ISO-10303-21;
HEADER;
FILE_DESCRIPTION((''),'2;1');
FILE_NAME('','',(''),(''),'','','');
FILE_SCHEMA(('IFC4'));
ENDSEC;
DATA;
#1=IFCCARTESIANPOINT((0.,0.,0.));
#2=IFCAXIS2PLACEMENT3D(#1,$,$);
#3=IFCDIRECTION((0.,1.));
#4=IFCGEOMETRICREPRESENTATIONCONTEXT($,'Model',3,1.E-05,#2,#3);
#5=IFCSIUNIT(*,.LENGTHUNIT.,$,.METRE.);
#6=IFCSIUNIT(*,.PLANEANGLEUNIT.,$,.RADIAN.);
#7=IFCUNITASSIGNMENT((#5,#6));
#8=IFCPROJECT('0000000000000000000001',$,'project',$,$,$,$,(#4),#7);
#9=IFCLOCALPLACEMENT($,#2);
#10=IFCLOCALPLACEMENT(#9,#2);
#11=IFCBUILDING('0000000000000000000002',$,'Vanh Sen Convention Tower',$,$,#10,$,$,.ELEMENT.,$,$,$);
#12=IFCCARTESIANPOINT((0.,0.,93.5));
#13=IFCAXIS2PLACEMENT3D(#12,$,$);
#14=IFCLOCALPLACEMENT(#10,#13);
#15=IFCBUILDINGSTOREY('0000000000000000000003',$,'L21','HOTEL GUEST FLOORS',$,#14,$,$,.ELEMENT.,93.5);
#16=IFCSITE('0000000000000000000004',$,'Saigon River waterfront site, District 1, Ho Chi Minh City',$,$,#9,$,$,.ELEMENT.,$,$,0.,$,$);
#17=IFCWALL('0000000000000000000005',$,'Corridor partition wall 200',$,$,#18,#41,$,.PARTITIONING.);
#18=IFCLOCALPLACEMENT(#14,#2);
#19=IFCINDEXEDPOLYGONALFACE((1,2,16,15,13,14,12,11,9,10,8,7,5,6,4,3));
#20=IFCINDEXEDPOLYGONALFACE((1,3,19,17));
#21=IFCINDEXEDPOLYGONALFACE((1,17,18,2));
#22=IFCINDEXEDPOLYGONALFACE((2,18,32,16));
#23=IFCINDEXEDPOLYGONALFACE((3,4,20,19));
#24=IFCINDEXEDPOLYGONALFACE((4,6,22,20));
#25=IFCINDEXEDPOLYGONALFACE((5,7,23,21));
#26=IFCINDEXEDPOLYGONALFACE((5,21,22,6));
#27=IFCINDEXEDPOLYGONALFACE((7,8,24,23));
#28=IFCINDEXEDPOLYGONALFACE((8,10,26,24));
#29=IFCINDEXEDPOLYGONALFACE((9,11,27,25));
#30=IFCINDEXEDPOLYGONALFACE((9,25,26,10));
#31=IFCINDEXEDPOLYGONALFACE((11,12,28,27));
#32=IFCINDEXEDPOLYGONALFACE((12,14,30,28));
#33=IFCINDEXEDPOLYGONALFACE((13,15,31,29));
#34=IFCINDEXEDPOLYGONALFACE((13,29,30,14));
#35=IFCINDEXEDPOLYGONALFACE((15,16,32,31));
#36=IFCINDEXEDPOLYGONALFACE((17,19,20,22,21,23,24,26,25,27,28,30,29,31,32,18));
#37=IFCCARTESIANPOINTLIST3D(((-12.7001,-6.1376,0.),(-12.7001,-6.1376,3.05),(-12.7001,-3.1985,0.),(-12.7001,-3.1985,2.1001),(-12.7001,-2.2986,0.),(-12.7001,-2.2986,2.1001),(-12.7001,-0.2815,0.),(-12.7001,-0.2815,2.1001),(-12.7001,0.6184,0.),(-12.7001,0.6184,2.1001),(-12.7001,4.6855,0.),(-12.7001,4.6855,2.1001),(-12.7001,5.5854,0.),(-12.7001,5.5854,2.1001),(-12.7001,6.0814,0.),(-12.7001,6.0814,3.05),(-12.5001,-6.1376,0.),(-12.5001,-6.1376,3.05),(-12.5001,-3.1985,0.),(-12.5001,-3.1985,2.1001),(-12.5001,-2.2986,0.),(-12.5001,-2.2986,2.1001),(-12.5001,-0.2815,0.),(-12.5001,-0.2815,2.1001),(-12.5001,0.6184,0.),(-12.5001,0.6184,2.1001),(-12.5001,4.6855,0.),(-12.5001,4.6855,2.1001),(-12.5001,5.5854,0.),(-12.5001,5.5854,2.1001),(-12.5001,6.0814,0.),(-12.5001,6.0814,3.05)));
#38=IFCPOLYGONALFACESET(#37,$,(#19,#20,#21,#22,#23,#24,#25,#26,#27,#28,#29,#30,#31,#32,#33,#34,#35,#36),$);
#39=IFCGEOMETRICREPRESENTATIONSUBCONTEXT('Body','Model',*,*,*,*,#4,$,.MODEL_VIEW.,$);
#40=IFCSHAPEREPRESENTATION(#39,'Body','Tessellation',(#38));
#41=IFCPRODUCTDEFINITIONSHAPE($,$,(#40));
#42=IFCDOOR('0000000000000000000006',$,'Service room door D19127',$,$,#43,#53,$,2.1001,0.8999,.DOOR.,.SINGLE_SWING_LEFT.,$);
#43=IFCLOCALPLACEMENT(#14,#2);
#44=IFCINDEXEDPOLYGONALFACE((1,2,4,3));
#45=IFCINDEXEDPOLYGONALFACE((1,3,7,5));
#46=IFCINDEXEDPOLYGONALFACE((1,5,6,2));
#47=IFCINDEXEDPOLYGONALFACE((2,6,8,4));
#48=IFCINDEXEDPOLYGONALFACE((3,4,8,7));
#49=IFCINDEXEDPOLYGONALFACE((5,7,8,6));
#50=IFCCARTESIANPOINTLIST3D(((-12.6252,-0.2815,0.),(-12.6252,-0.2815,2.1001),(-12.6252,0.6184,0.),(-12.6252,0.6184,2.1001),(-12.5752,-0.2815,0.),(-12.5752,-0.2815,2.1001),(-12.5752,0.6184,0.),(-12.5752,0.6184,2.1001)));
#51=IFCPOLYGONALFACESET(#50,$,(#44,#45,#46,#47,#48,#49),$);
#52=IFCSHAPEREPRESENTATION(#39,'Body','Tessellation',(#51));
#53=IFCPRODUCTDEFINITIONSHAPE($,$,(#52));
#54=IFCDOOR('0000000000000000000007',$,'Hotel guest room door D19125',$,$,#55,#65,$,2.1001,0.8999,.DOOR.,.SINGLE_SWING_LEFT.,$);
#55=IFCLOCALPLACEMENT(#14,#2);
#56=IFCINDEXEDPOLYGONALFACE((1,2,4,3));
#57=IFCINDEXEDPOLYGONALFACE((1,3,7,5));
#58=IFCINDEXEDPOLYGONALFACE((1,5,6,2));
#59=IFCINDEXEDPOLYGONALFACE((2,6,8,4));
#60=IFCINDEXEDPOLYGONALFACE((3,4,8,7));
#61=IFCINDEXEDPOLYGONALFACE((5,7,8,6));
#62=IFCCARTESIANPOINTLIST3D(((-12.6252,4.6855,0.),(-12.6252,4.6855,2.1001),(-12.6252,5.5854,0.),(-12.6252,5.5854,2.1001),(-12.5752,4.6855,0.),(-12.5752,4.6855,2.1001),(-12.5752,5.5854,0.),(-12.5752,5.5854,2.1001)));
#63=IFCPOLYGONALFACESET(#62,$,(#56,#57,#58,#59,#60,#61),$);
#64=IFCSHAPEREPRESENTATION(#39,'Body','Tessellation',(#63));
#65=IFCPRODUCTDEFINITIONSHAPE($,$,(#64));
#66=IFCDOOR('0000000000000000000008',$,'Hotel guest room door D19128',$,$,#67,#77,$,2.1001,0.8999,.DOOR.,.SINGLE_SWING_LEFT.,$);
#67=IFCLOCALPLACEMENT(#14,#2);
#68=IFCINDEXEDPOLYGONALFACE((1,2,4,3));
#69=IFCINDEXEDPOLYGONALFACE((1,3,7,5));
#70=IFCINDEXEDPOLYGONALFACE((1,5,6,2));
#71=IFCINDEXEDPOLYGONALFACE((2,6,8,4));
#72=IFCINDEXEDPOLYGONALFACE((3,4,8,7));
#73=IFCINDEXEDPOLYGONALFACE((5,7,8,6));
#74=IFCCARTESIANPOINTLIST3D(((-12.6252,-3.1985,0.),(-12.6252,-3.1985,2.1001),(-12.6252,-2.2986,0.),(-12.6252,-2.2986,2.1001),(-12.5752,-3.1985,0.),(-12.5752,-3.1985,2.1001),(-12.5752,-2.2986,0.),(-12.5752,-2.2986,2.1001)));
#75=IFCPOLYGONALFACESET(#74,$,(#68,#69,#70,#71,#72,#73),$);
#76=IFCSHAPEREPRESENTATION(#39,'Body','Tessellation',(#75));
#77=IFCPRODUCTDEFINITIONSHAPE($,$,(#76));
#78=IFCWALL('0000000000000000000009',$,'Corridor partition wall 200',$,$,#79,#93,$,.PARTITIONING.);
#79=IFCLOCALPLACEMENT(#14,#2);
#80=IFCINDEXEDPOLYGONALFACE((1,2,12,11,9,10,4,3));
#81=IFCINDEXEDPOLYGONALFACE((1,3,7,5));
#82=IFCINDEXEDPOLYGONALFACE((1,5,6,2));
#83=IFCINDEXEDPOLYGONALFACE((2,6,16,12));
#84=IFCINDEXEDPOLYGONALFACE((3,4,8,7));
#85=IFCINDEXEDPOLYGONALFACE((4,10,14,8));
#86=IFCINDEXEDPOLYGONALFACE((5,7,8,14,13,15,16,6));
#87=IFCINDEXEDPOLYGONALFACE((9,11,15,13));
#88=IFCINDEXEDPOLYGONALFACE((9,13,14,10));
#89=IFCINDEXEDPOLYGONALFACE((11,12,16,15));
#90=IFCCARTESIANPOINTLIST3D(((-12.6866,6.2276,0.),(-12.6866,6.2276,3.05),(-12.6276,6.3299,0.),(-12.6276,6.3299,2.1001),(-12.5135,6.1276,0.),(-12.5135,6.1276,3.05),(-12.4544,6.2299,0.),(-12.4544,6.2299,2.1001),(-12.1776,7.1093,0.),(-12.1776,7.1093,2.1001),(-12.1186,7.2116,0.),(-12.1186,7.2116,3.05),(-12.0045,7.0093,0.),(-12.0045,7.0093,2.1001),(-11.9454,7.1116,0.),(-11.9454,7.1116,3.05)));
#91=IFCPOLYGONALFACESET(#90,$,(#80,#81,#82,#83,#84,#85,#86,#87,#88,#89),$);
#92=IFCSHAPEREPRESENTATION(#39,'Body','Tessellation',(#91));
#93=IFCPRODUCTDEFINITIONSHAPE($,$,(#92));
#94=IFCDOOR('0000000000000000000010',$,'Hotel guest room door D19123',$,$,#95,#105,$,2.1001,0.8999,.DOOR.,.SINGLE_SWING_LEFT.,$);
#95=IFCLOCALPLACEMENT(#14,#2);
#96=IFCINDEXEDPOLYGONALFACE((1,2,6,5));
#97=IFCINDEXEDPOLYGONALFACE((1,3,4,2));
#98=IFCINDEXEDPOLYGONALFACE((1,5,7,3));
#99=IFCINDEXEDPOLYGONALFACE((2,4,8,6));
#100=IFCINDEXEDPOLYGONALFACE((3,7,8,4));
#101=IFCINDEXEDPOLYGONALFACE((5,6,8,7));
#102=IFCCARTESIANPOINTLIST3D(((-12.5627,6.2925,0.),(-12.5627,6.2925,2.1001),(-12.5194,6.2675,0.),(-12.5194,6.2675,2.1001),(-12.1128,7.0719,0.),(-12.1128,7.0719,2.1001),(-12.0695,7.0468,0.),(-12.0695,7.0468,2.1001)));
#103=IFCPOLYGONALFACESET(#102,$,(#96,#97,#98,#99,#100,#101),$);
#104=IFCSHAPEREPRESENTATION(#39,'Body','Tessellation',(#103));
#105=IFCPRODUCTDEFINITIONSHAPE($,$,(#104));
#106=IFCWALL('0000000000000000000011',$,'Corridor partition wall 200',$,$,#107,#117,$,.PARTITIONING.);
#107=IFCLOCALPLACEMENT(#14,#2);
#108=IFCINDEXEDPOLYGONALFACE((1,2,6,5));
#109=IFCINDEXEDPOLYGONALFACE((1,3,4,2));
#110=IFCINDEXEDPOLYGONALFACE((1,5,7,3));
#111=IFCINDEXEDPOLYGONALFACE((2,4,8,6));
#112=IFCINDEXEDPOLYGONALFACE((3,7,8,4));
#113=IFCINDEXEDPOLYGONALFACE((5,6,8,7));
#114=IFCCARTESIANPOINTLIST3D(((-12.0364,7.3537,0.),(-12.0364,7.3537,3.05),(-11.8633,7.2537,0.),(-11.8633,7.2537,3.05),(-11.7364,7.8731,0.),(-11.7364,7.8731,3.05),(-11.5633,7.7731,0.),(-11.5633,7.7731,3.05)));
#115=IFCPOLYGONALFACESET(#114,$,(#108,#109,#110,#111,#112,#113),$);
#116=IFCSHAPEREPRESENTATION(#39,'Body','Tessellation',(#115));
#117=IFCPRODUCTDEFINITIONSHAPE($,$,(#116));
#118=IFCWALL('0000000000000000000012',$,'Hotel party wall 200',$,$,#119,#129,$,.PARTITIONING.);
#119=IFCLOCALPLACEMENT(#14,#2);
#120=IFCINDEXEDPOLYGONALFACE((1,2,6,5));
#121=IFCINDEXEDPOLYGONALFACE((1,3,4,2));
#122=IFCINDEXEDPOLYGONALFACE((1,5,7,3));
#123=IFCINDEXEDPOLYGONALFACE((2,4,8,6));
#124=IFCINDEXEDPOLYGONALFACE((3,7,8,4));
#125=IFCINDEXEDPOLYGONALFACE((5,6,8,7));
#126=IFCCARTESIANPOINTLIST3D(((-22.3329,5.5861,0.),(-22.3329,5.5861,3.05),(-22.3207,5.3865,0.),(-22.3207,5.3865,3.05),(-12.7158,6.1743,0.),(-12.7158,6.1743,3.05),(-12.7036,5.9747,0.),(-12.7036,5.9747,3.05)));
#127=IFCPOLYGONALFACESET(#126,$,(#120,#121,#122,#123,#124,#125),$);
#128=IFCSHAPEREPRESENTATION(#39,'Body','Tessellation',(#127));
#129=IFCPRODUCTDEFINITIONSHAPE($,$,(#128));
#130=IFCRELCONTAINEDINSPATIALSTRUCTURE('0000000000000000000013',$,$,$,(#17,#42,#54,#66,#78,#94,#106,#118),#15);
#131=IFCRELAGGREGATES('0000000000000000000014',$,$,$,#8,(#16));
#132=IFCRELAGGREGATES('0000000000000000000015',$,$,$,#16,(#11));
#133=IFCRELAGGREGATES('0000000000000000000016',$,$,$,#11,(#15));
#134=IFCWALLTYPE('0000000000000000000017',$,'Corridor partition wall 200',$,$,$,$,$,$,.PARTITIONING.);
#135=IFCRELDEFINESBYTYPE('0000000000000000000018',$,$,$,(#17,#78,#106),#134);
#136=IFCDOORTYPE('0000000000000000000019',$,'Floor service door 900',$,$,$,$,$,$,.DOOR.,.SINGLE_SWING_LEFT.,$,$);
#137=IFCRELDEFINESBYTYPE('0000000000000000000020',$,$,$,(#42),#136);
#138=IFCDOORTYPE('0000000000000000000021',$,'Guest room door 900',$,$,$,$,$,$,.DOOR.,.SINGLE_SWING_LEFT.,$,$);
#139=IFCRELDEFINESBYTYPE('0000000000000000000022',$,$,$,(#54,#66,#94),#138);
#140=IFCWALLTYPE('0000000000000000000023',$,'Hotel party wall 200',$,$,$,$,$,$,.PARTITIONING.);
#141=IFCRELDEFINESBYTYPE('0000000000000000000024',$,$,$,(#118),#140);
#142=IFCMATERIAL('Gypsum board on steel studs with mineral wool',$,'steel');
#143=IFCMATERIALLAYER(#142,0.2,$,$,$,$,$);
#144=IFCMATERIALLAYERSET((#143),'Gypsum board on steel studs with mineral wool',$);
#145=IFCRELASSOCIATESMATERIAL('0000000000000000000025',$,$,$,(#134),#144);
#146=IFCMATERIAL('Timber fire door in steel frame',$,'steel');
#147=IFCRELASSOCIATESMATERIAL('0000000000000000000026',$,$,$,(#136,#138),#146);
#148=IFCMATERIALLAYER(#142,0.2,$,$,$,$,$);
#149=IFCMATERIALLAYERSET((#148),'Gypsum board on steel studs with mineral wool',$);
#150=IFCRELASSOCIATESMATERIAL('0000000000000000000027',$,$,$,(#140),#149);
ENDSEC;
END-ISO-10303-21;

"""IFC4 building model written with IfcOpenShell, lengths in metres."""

from ifc_helpers import new_model, si_unit, direction, frame, frame_2d, origin, place, context, subcontext, project, spatial, rectangle, extrude, material, layer, layer_set, type_object, element, fill, save


model = new_model("IFC4")

# Units and contexts
model_context = context("Model", 3, precision=1e-05, world=origin(), true_north=direction((0.0, 1.0)))
body_context = subcontext(model_context, "Body", "Model", "MODEL_VIEW")
ifc_project = project(units=[si_unit("LENGTHUNIT", "METRE"), si_unit("PLANEANGLEUNIT", "RADIAN")], contexts=[model_context])

# Site, building, storey
site_placement = place(None, origin())
site = spatial("IfcSite", under=ifc_project, at=site_placement, Name="Saigon River waterfront site, District 1, Ho Chi Minh City", CompositionType="ELEMENT", RefElevation=0.0)
building_placement = place(site_placement, origin())
building = spatial("IfcBuilding", under=site, at=building_placement, Name="Vanh Sen Convention Tower", CompositionType="ELEMENT")
storey_placement = place(building_placement, frame((0.0, 0.0, 93.5)))
storey = spatial("IfcBuildingStorey", under=building, at=storey_placement, Name="L21", Description="HOTEL GUEST FLOORS", CompositionType="ELEMENT", Elevation=93.5)

# Wall, openings, doors
ifc_material_1 = material(Name="Gypsum board on steel studs with mineral wool", Category="steel")
ifc_layer_1 = layer(ifc_material_1, 0.2)
ifc_layer_set_1 = layer_set([ifc_layer_1], Name="Gypsum board on steel studs with mineral wool")
wall_type_1 = type_object("IfcWallType", Name="Corridor partition wall 200", PredefinedType="PARTITIONING", material=ifc_layer_set_1)
wall_1_placement = place(storey_placement, frame((-12.6001, 6.0813, 0.0), z_axis=(0.0, 0.0, 1.0), x_axis=(0.0, -1.0, 0.0)))
wall_1 = element("IfcWall", 1, at=wall_1_placement, inside=storey, type_object=wall_type_1, Name="Corridor partition wall 200", PredefinedType="PARTITIONING", context=body_context, shape_type="SweptSolid", body=[
    extrude(rectangle(XDim=12.219, YDim=0.2, at=frame_2d((6.1094, 0.0))), origin(), (0.0, 0.0, 1.0), 3.05),
])
opening_1_placement = place(wall_1_placement, frame((0.4958, 0.0, 0.0)))
opening_1 = element("IfcOpeningElement", 2, at=opening_1_placement, cuts=wall_1, PredefinedType="OPENING", context=body_context, shape_type="SweptSolid", body=[
    extrude(rectangle(XDim=0.8999, YDim=2.1001, at=frame_2d((0.45, 1.05))), frame((0.0, 0.1099, 0.0), z_axis=(0.0, -1.0, 0.0), x_axis=(1.0, 0.0, 0.0)), (0.0, 0.0, 1.0), 0.22),
])
opening_2_placement = place(wall_1_placement, frame((5.4629, 0.0, 0.0)))
opening_2 = element("IfcOpeningElement", 3, at=opening_2_placement, cuts=wall_1, PredefinedType="OPENING", context=body_context, shape_type="SweptSolid", body=[
    extrude(rectangle(XDim=0.8999, YDim=2.1001, at=frame_2d((0.45, 1.05))), frame((0.0, 0.1099, 0.0), z_axis=(0.0, -1.0, 0.0), x_axis=(1.0, 0.0, 0.0)), (0.0, 0.0, 1.0), 0.22),
])
opening_3_placement = place(wall_1_placement, frame((8.3799, 0.0, 0.0)))
opening_3 = element("IfcOpeningElement", 4, at=opening_3_placement, cuts=wall_1, PredefinedType="OPENING", context=body_context, shape_type="SweptSolid", body=[
    extrude(rectangle(XDim=0.8999, YDim=2.1001, at=frame_2d((0.45, 1.05))), frame((0.0, 0.1099, 0.0), z_axis=(0.0, -1.0, 0.0), x_axis=(1.0, 0.0, 0.0)), (0.0, 0.0, 1.0), 0.22),
])
ifc_material_2 = material(Name="Timber fire door in steel frame", Category="steel")
door_type_1 = type_object("IfcDoorType", Name="Floor service door 900", OperationType="SINGLE_SWING_LEFT", PredefinedType="DOOR", material=ifc_material_2)
door_1_placement = place(opening_2_placement, origin())
door_1 = element("IfcDoor", 5, at=door_1_placement, inside=storey, type_object=door_type_1, Name="Service room door D19127", OperationType="SINGLE_SWING_LEFT", OverallHeight=2.1001, OverallWidth=0.8999, PredefinedType="DOOR", context=body_context, shape_type="SweptSolid", body=[
    extrude(rectangle(XDim=0.8999, YDim=2.1001, at=frame_2d((0.45, 1.05))), frame((0.0, 0.0249, 0.0), z_axis=(0.0, -1.0, 0.0), x_axis=(1.0, 0.0, 0.0)), (0.0, 0.0, 1.0), 0.05),
])
fill(opening_2, door_1)
door_type_2 = type_object("IfcDoorType", Name="Guest room door 900", OperationType="SINGLE_SWING_LEFT", PredefinedType="DOOR", material=ifc_material_2)
door_2_placement = place(opening_1_placement, origin())
door_2 = element("IfcDoor", 6, at=door_2_placement, inside=storey, type_object=door_type_2, Name="Hotel guest room door D19125", OperationType="SINGLE_SWING_LEFT", OverallHeight=2.1001, OverallWidth=0.8999, PredefinedType="DOOR", context=body_context, shape_type="SweptSolid", body=[
    extrude(rectangle(XDim=0.8999, YDim=2.1001, at=frame_2d((0.45, 1.05))), frame((0.0, 0.0249, 0.0), z_axis=(0.0, -1.0, 0.0), x_axis=(1.0, 0.0, 0.0)), (0.0, 0.0, 1.0), 0.05),
])
fill(opening_1, door_2)
door_3_placement = place(opening_3_placement, origin())
door_3 = element("IfcDoor", 7, at=door_3_placement, inside=storey, type_object=door_type_2, Name="Hotel guest room door D19128", OperationType="SINGLE_SWING_LEFT", OverallHeight=2.1001, OverallWidth=0.8999, PredefinedType="DOOR", context=body_context, shape_type="SweptSolid", body=[
    extrude(rectangle(XDim=0.8999, YDim=2.1001, at=frame_2d((0.45, 1.05))), frame((0.0, 0.0249, 0.0), z_axis=(0.0, -1.0, 0.0), x_axis=(1.0, 0.0, 0.0)), (0.0, 0.0, 1.0), 0.05),
])
fill(opening_3, door_3)

# Wall, opening, door
wall_2_placement = place(storey_placement, frame((-12.032, 7.1616, 0.0), z_axis=(0.0, 0.0, 1.0), x_axis=(-0.499952, -0.866053, 0.0)))
wall_2 = element("IfcWall", 8, at=wall_2_placement, inside=storey, type_object=wall_type_1, Name="Corridor partition wall 200", PredefinedType="PARTITIONING", context=body_context, shape_type="SweptSolid", body=[
    extrude(rectangle(XDim=1.1362, YDim=0.2, at=frame_2d((0.5681, 0.0))), origin(), (0.0, 0.0, 1.0), 3.05),
])
opening_4_placement = place(wall_2_placement, frame((0.1182, 0.0, 0.0)))
opening_4 = element("IfcOpeningElement", 9, at=opening_4_placement, cuts=wall_2, PredefinedType="OPENING", context=body_context, shape_type="SweptSolid", body=[
    extrude(rectangle(XDim=0.8999, YDim=2.1001, at=frame_2d((0.45, 1.05))), frame((0.0, 0.1099, 0.0), z_axis=(0.0, -1.0, 0.0), x_axis=(1.0, 0.0, 0.0)), (0.0, 0.0, 1.0), 0.22),
])
door_4_placement = place(opening_4_placement, origin())
door_4 = element("IfcDoor", 10, at=door_4_placement, inside=storey, type_object=door_type_2, Name="Hotel guest room door D19123", OperationType="SINGLE_SWING_LEFT", OverallHeight=2.1001, OverallWidth=0.8999, PredefinedType="DOOR", context=body_context, shape_type="SweptSolid", body=[
    extrude(rectangle(XDim=0.8999, YDim=2.1001, at=frame_2d((0.45, 1.05))), frame((0.0, 0.0249, 0.0), z_axis=(0.0, -1.0, 0.0), x_axis=(1.0, 0.0, 0.0)), (0.0, 0.0, 1.0), 0.05),
])
fill(opening_4, door_4)

# Walls
wall_3_placement = place(storey_placement, frame((-11.6499, 7.823, 0.0), z_axis=(0.0, 0.0, 1.0), x_axis=(-0.500122, -0.865955, 0.0)))
element("IfcWall", 11, at=wall_3_placement, inside=storey, type_object=wall_type_1, Name="Corridor partition wall 200", PredefinedType="PARTITIONING", context=body_context, shape_type="SweptSolid", body=[
    extrude(rectangle(XDim=0.5999, YDim=0.2, at=frame_2d((0.2998, 0.0))), origin(), (0.0, 0.0, 1.0), 3.05),
])
ifc_layer_2 = layer(ifc_material_1, 0.2)
ifc_layer_set_2 = layer_set([ifc_layer_2], Name="Gypsum board on steel studs with mineral wool")
wall_type_2 = type_object("IfcWallType", Name="Hotel party wall 200", PredefinedType="PARTITIONING", material=ifc_layer_set_2)
wall_4_placement = place(storey_placement, frame((-22.3267, 5.4863, 0.0), z_axis=(0.0, 0.0, 1.0), x_axis=(0.998135, 0.061042, 0.0)))
element("IfcWall", 12, at=wall_4_placement, inside=storey, type_object=wall_type_2, Name="Hotel party wall 200", PredefinedType="PARTITIONING", context=body_context, shape_type="SweptSolid", body=[
    extrude(rectangle(XDim=9.635, YDim=0.2, at=frame_2d((4.8174, 0.0))), origin(), (0.0, 0.0, 1.0), 3.05),
])

save(model, "model.ifc")
